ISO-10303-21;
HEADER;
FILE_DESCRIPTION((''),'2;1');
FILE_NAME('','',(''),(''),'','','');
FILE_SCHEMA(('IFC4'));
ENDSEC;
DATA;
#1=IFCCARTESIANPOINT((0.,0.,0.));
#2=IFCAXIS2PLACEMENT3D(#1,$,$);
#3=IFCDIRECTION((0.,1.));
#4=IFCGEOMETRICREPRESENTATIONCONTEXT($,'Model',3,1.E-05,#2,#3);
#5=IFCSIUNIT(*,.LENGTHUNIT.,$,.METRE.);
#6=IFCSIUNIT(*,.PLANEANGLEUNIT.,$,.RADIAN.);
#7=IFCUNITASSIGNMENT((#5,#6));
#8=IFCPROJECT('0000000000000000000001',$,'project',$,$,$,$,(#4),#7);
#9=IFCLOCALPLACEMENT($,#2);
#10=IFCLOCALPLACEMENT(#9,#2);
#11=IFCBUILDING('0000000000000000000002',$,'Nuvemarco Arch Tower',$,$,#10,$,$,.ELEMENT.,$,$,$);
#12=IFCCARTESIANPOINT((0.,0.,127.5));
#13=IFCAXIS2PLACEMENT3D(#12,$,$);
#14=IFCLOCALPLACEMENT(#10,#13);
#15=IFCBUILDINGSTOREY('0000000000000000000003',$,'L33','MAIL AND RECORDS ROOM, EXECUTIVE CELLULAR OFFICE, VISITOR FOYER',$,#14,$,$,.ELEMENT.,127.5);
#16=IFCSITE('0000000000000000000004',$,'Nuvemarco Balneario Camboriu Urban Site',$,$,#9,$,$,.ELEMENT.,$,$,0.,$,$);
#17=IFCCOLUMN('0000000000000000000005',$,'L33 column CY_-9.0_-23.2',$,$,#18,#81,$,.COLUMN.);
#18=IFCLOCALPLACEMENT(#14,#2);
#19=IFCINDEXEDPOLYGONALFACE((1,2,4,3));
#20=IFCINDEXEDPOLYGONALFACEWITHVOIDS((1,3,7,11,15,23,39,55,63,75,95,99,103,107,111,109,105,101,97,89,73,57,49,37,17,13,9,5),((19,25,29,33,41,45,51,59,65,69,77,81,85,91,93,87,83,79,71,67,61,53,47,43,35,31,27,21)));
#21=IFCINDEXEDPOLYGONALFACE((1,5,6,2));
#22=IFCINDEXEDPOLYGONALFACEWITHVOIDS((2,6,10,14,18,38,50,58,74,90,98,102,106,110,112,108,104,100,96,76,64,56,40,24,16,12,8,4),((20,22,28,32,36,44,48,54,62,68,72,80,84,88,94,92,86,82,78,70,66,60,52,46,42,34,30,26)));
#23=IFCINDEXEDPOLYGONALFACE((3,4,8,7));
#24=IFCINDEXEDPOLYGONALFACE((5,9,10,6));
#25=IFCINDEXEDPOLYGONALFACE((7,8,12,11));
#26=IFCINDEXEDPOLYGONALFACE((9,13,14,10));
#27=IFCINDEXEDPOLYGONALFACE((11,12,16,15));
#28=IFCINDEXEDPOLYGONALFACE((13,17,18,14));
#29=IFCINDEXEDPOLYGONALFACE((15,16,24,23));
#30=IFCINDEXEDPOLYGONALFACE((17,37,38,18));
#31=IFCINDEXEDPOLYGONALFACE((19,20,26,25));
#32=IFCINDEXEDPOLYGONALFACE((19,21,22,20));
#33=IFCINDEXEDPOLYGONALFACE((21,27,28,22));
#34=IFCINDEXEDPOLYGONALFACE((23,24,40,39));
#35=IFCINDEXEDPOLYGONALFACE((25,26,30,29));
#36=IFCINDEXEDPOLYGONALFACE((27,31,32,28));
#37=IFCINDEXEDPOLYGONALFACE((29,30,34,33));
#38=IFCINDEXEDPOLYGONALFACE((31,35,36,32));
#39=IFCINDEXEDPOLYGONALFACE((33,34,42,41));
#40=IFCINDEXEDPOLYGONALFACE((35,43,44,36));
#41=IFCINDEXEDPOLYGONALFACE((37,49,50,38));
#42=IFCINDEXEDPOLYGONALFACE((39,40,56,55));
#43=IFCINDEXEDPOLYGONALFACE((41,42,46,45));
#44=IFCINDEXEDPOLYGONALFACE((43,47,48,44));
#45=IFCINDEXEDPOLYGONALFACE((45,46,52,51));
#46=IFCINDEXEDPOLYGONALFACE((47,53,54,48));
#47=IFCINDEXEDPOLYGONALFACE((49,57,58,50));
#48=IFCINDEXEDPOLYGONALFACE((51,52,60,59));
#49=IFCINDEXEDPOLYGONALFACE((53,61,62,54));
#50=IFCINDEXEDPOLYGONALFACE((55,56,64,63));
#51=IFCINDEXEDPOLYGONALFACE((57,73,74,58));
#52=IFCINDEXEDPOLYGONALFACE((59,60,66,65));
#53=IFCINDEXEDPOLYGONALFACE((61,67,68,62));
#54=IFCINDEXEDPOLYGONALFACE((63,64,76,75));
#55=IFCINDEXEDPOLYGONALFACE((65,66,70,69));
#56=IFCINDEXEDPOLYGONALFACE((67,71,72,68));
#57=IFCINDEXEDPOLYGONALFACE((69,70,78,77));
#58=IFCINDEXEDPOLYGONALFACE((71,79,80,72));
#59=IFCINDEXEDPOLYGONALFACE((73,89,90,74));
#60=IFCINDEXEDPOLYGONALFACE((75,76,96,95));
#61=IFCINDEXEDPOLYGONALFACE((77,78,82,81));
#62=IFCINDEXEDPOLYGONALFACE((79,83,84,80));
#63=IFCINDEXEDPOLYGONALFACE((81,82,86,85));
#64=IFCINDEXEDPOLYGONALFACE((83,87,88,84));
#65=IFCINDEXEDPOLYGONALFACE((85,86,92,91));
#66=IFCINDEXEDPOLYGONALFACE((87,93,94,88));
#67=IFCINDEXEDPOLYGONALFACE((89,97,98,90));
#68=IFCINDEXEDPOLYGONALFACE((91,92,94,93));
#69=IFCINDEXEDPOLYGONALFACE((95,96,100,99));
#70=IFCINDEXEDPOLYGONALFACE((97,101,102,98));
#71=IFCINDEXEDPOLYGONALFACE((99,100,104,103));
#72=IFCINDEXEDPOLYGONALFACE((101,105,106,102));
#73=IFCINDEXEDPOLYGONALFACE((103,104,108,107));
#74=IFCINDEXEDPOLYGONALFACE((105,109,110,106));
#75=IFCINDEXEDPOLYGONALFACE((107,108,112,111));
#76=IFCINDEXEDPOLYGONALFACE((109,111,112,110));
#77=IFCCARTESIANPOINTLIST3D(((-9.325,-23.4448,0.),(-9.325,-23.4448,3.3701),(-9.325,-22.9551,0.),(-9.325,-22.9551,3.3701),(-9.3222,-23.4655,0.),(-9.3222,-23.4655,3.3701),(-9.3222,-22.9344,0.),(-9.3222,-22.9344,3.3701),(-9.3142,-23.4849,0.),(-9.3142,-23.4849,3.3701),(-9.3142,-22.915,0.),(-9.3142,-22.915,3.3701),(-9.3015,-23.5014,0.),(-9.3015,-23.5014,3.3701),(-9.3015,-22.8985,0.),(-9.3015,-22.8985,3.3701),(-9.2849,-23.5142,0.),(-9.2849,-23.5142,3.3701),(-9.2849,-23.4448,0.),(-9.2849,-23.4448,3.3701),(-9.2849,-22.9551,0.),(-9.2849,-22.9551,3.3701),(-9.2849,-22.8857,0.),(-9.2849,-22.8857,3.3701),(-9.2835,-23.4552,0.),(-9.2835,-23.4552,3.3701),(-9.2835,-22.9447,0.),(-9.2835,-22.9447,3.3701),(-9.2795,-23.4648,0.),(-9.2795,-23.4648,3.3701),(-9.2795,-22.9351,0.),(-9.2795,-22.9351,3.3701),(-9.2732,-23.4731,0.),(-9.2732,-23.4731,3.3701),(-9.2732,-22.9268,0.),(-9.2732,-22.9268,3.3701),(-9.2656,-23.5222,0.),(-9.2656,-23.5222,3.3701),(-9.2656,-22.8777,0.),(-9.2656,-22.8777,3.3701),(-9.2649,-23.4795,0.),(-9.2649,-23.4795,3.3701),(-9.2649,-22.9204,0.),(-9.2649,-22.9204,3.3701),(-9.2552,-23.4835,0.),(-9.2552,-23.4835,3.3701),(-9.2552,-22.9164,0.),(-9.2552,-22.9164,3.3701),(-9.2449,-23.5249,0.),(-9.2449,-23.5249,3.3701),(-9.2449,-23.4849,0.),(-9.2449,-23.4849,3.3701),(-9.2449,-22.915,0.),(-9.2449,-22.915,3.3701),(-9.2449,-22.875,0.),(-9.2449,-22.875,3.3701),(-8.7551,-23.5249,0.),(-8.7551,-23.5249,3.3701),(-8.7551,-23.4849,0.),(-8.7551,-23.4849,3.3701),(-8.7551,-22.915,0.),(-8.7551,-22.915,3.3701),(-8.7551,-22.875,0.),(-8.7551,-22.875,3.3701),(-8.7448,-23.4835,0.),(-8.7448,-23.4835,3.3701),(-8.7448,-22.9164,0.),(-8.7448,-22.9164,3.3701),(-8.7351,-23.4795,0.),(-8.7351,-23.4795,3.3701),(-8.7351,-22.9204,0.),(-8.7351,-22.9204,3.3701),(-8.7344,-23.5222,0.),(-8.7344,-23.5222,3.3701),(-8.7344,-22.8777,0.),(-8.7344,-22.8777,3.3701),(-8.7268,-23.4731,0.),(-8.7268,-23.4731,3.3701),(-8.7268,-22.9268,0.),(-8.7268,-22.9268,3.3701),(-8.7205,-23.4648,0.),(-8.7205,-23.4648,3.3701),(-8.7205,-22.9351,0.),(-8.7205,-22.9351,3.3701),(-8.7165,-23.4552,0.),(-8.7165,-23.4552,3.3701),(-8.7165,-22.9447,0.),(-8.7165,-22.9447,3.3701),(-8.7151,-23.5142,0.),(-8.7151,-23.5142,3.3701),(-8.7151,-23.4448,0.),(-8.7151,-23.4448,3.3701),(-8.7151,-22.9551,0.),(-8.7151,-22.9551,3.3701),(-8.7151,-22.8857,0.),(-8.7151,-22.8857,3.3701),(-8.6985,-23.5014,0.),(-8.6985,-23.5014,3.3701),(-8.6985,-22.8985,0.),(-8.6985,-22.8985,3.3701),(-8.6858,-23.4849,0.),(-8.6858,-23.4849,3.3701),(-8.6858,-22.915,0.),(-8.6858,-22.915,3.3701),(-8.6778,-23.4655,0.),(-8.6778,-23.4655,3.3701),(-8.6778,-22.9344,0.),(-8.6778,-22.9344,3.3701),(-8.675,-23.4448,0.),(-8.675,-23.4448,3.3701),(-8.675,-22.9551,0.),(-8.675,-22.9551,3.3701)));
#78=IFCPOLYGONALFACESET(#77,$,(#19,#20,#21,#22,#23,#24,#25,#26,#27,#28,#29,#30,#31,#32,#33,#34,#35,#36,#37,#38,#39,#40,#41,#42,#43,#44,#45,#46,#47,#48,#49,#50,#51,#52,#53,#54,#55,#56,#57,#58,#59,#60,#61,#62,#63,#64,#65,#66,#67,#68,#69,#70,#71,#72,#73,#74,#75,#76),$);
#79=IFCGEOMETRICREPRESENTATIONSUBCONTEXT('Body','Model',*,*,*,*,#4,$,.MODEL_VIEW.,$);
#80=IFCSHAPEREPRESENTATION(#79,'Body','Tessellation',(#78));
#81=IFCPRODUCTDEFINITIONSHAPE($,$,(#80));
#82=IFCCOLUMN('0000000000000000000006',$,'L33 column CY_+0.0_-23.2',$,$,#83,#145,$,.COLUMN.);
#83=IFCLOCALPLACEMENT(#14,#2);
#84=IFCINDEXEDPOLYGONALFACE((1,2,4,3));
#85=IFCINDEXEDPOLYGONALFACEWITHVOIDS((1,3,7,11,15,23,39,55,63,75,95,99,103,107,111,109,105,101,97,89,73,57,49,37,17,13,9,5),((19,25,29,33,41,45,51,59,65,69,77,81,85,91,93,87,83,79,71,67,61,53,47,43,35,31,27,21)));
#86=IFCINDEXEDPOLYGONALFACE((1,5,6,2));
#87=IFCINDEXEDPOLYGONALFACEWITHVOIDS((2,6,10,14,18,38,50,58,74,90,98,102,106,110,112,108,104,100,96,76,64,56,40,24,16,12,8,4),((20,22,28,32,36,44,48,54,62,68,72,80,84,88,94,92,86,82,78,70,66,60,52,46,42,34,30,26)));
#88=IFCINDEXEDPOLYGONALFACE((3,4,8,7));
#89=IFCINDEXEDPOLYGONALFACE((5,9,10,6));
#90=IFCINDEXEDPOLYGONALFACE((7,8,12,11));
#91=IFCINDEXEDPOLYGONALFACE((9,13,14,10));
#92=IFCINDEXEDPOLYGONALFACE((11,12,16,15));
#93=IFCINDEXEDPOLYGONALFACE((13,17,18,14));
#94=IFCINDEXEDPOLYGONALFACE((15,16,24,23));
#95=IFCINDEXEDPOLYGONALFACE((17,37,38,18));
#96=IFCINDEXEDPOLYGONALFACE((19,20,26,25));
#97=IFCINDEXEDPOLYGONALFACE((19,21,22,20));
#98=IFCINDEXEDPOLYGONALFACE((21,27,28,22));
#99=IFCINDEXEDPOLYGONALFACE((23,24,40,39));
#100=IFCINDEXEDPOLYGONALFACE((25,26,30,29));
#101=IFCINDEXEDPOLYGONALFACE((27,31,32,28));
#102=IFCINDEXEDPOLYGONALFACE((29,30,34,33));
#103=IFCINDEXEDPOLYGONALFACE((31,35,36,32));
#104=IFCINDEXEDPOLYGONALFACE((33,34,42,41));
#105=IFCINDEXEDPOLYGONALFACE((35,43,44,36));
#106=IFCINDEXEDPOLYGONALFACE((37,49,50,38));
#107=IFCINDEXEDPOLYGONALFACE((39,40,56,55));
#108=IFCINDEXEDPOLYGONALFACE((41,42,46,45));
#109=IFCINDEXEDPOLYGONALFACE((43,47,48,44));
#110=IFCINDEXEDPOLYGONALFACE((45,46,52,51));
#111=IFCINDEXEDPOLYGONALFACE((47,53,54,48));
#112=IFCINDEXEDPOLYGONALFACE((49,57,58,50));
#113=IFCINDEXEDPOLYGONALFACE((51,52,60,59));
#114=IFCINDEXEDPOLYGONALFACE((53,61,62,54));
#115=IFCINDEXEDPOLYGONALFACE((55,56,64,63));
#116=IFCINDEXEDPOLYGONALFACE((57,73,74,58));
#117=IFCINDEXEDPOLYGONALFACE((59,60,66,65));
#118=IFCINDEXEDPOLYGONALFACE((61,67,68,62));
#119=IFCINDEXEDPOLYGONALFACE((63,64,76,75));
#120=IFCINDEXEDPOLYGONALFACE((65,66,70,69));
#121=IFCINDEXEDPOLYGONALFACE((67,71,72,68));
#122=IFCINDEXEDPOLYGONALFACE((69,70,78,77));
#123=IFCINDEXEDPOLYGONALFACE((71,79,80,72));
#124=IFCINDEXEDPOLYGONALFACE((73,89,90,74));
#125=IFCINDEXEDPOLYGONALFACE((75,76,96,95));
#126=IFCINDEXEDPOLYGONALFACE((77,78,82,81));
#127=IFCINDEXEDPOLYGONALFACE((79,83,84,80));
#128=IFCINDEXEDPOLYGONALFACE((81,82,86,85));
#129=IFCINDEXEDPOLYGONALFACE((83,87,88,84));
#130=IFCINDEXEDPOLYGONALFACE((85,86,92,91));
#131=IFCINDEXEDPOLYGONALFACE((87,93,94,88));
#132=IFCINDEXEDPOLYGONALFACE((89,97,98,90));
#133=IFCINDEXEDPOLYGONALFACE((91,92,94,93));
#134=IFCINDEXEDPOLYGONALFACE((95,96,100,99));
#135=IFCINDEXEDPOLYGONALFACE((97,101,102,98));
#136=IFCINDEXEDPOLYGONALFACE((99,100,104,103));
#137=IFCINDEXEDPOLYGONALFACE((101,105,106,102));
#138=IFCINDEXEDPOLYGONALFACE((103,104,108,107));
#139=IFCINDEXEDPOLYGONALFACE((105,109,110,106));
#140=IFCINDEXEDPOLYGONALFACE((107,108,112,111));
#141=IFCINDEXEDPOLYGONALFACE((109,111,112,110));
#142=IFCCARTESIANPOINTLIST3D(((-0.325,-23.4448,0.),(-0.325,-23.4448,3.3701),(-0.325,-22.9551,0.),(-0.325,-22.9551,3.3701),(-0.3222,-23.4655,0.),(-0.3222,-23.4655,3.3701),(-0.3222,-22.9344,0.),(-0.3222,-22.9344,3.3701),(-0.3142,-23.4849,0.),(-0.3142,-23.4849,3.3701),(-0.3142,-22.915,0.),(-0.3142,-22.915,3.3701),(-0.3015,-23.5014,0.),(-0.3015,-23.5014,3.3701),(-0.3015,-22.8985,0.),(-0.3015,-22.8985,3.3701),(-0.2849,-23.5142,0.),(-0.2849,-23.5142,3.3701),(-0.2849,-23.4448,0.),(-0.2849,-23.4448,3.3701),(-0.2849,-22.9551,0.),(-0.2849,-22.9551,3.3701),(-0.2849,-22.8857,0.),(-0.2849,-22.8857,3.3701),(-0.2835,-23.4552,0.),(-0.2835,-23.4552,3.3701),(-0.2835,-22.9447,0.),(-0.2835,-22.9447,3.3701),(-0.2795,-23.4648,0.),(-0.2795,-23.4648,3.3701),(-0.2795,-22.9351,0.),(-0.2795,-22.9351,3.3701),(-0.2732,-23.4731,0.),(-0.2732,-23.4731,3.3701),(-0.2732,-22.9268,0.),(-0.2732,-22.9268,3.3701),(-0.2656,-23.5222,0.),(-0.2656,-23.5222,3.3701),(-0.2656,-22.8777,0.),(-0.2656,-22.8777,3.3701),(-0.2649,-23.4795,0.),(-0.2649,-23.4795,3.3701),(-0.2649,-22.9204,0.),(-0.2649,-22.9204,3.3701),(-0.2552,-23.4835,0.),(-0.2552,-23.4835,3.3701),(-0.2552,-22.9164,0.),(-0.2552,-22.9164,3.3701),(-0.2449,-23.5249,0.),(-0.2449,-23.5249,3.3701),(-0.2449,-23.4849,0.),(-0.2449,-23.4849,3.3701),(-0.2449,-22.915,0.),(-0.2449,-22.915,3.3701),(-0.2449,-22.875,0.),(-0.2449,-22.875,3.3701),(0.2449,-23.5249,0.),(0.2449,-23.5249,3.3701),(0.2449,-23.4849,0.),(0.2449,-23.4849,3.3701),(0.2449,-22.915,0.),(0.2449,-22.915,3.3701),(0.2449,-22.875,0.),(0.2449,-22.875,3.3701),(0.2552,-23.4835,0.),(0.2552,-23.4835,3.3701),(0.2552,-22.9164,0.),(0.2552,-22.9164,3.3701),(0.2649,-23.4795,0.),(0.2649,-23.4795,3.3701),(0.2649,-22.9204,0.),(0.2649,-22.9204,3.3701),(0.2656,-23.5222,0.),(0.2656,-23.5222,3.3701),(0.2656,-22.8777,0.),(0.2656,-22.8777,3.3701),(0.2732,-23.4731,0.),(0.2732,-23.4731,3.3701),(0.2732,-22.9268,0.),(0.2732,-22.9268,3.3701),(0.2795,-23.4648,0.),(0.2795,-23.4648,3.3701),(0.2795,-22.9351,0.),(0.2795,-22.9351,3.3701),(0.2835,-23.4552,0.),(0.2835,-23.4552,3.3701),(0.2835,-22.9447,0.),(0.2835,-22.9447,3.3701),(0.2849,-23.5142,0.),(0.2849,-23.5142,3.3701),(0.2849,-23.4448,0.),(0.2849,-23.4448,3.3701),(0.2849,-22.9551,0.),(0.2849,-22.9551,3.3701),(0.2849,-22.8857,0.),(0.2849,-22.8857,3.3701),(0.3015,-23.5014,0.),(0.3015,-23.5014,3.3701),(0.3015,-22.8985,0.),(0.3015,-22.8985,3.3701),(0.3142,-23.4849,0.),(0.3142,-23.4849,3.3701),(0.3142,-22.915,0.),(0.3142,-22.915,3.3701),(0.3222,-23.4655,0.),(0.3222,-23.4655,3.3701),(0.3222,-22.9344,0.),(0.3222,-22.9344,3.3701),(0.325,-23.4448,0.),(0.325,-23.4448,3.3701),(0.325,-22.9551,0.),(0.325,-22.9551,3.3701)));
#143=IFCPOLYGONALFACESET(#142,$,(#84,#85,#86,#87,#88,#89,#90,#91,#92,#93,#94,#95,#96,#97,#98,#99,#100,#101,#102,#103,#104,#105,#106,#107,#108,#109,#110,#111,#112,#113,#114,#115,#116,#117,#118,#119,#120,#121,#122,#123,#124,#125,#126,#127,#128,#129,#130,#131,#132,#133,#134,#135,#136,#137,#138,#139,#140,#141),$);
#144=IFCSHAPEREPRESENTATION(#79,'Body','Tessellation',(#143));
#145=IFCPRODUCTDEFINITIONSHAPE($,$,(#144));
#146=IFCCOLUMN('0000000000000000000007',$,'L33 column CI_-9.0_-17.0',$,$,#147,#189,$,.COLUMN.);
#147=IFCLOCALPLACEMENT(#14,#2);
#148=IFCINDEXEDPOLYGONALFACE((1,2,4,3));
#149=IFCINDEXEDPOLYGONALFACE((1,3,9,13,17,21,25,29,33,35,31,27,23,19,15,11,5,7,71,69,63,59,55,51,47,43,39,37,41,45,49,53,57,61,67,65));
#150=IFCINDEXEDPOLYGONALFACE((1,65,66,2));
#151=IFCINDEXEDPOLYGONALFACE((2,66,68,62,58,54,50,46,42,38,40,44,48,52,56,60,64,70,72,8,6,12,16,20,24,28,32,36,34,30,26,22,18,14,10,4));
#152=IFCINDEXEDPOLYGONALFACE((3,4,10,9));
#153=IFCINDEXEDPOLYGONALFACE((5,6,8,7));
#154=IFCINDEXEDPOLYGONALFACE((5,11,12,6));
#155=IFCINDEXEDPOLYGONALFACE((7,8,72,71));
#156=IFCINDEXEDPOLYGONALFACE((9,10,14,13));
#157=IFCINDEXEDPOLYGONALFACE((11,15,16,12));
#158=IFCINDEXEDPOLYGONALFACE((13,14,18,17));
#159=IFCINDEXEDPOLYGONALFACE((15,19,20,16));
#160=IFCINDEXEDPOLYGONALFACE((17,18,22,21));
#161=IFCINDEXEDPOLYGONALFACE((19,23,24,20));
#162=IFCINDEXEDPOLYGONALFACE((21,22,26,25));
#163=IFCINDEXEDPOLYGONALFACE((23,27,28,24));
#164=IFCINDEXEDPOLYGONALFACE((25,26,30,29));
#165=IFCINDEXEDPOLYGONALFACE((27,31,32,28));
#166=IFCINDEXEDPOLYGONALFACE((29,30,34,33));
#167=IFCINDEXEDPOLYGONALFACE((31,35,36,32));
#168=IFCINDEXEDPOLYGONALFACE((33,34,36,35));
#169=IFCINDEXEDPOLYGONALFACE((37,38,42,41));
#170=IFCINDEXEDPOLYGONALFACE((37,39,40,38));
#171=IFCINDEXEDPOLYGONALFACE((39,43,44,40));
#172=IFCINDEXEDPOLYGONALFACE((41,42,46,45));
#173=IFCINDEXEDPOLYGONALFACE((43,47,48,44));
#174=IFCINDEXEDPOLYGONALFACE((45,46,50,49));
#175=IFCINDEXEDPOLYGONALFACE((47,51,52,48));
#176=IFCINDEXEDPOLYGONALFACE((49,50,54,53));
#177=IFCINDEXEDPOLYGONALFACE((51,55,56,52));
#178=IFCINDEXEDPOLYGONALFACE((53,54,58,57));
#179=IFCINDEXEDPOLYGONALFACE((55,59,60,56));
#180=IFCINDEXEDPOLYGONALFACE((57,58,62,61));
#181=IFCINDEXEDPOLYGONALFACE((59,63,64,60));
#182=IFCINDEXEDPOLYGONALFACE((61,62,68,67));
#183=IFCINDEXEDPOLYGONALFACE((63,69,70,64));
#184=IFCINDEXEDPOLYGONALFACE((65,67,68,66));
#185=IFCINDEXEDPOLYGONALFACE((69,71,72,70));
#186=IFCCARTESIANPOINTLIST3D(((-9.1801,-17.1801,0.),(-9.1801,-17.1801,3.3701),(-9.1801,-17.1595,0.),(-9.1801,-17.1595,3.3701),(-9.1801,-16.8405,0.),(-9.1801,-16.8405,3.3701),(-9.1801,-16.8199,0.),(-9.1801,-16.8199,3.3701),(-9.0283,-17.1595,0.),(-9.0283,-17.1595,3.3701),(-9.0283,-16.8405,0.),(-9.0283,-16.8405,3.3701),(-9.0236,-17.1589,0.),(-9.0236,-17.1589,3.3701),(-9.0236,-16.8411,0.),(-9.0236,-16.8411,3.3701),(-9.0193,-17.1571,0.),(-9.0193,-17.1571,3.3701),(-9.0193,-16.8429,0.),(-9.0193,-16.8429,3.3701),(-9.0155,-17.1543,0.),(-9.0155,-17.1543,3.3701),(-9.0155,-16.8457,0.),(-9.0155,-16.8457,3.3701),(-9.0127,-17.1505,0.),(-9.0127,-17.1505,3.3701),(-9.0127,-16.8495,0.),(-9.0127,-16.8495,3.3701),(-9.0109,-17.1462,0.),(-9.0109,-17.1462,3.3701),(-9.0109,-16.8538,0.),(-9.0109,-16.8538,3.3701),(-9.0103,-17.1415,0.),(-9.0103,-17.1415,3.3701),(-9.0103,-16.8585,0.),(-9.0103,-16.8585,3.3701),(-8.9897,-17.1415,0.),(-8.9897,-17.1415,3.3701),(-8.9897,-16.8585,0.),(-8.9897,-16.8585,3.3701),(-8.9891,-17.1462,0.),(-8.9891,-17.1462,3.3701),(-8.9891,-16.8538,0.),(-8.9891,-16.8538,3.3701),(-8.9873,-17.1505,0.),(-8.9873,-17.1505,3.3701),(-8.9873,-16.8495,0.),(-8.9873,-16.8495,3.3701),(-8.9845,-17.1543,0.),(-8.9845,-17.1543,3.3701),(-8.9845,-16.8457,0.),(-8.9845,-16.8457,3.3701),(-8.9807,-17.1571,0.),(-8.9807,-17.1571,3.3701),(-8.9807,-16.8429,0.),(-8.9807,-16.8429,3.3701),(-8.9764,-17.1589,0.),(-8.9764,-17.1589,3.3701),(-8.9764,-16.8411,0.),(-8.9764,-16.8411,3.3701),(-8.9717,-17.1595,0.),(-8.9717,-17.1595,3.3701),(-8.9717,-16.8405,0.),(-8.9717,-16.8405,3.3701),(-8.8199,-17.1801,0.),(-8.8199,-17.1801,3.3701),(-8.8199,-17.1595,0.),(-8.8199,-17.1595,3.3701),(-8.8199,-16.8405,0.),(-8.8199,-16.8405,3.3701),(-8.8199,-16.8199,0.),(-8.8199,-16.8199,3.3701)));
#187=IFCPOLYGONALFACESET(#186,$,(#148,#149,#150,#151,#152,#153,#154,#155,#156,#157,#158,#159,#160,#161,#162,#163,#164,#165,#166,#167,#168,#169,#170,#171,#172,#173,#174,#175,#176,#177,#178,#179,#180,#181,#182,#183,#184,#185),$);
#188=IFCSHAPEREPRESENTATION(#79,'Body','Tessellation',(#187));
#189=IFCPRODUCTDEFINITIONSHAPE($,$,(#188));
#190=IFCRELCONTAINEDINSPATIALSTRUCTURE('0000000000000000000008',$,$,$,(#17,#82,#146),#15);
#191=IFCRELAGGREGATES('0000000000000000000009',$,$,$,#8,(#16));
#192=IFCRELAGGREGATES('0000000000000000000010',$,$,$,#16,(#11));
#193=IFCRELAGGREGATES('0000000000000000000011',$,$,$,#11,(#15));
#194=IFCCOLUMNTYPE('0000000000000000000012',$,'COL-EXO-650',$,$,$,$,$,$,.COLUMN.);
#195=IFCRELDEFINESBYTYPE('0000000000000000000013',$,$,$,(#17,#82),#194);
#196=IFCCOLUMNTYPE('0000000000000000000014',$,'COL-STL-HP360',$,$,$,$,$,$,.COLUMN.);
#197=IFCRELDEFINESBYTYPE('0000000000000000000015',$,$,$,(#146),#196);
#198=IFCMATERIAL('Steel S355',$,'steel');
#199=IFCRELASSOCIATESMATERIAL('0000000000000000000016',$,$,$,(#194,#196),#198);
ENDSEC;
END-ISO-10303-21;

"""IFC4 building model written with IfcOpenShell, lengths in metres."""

from ifc_helpers import new_model, si_unit, direction, frame, origin, origin_2d, place, context, subcontext, project, spatial, hollow_rectangle, i_section, extrude, material, material_profile, profile_set, type_object, element, save


model = new_model("IFC4")

# Units and contexts
model_context = context("Model", 3, precision=1e-05, world=origin(), true_north=direction((0.0, 1.0)))
body_context = subcontext(model_context, "Body", "Model", "MODEL_VIEW")
ifc_project = project(units=[si_unit("LENGTHUNIT", "METRE"), si_unit("PLANEANGLEUNIT", "RADIAN")], contexts=[model_context])

# Site, building, storey
site_placement = place(None, origin())
site = spatial("IfcSite", under=ifc_project, at=site_placement, Name="Nuvemarco Balneario Camboriu Urban Site", CompositionType="ELEMENT", RefElevation=0.0)
building_placement = place(site_placement, origin())
building = spatial("IfcBuilding", under=site, at=building_placement, Name="Nuvemarco Arch Tower", CompositionType="ELEMENT")
storey_placement = place(building_placement, frame((0.0, 0.0, 127.5)))
storey = spatial("IfcBuildingStorey", under=building, at=storey_placement, Name="L33", Description="MAIL AND RECORDS ROOM, EXECUTIVE CELLULAR OFFICE, VISITOR FOYER", CompositionType="ELEMENT", Elevation=127.5)

# Columns
ifc_material_1 = material(Name="Steel S355", Category="steel")
ifc_material_profile_1 = material_profile(ifc_material_1, hollow_rectangle(XDim=0.6499, YDim=0.6499, WallThickness=0.04, InnerFilletRadius=0.04, OuterFilletRadius=0.0801, at=origin_2d()), Name="SHS650x650x40")
ifc_profile_set_1 = profile_set([ifc_material_profile_1], Name="Steel S355")
column_type_1 = type_object("IfcColumnType", Name="COL-EXO-650", PredefinedType="COLUMN", material=ifc_profile_set_1)
for number, where, z_axis, x_axis, name in (
    (1, (-9.0, -23.2, 0.0), (0.0, 0.0, 1.0), (1.0, 0.0, 0.0), "L33 column CY_-9.0_-23.2"),
    (2, (0.0, -23.2, 0.0), (0.0, 0.0, 1.0), (1.0, 0.0, 0.0), "L33 column CY_+0.0_-23.2"),
):
    element("IfcColumn", number, at=place(storey_placement, frame(where, z_axis=z_axis, x_axis=x_axis)), inside=storey, type_object=column_type_1, Name=name, PredefinedType="COLUMN", context=body_context, shape_type="SweptSolid", body=[
        extrude(hollow_rectangle(XDim=0.6499, YDim=0.6499, WallThickness=0.04, InnerFilletRadius=0.04, OuterFilletRadius=0.0801, at=origin_2d()), origin(), (0.0, 0.0, 1.0), 3.3701),
    ])
ifc_material_profile_2 = material_profile(ifc_material_1, i_section(OverallWidth=0.3601, OverallDepth=0.3601, WebThickness=0.0205, FlangeThickness=0.0205, FilletRadius=0.0181, at=origin_2d()), Name="HP360x174")
ifc_profile_set_2 = profile_set([ifc_material_profile_2], Name="Steel S355")
column_type_2 = type_object("IfcColumnType", Name="COL-STL-HP360", PredefinedType="COLUMN", material=ifc_profile_set_2)
column_placement = place(storey_placement, frame((-9.0, -17.0, 0.0), z_axis=(0.0, 0.0, 1.0), x_axis=(1.0, 0.0, 0.0)))
element("IfcColumn", 3, at=column_placement, inside=storey, type_object=column_type_2, Name="L33 column CI_-9.0_-17.0", PredefinedType="COLUMN", context=body_context, shape_type="SweptSolid", body=[
    extrude(i_section(OverallWidth=0.3601, OverallDepth=0.3601, WebThickness=0.0205, FlangeThickness=0.0205, FilletRadius=0.0181, at=origin_2d()), origin(), (0.0, 0.0, 1.0), 3.3701),
])

save(model, "model.ifc")
